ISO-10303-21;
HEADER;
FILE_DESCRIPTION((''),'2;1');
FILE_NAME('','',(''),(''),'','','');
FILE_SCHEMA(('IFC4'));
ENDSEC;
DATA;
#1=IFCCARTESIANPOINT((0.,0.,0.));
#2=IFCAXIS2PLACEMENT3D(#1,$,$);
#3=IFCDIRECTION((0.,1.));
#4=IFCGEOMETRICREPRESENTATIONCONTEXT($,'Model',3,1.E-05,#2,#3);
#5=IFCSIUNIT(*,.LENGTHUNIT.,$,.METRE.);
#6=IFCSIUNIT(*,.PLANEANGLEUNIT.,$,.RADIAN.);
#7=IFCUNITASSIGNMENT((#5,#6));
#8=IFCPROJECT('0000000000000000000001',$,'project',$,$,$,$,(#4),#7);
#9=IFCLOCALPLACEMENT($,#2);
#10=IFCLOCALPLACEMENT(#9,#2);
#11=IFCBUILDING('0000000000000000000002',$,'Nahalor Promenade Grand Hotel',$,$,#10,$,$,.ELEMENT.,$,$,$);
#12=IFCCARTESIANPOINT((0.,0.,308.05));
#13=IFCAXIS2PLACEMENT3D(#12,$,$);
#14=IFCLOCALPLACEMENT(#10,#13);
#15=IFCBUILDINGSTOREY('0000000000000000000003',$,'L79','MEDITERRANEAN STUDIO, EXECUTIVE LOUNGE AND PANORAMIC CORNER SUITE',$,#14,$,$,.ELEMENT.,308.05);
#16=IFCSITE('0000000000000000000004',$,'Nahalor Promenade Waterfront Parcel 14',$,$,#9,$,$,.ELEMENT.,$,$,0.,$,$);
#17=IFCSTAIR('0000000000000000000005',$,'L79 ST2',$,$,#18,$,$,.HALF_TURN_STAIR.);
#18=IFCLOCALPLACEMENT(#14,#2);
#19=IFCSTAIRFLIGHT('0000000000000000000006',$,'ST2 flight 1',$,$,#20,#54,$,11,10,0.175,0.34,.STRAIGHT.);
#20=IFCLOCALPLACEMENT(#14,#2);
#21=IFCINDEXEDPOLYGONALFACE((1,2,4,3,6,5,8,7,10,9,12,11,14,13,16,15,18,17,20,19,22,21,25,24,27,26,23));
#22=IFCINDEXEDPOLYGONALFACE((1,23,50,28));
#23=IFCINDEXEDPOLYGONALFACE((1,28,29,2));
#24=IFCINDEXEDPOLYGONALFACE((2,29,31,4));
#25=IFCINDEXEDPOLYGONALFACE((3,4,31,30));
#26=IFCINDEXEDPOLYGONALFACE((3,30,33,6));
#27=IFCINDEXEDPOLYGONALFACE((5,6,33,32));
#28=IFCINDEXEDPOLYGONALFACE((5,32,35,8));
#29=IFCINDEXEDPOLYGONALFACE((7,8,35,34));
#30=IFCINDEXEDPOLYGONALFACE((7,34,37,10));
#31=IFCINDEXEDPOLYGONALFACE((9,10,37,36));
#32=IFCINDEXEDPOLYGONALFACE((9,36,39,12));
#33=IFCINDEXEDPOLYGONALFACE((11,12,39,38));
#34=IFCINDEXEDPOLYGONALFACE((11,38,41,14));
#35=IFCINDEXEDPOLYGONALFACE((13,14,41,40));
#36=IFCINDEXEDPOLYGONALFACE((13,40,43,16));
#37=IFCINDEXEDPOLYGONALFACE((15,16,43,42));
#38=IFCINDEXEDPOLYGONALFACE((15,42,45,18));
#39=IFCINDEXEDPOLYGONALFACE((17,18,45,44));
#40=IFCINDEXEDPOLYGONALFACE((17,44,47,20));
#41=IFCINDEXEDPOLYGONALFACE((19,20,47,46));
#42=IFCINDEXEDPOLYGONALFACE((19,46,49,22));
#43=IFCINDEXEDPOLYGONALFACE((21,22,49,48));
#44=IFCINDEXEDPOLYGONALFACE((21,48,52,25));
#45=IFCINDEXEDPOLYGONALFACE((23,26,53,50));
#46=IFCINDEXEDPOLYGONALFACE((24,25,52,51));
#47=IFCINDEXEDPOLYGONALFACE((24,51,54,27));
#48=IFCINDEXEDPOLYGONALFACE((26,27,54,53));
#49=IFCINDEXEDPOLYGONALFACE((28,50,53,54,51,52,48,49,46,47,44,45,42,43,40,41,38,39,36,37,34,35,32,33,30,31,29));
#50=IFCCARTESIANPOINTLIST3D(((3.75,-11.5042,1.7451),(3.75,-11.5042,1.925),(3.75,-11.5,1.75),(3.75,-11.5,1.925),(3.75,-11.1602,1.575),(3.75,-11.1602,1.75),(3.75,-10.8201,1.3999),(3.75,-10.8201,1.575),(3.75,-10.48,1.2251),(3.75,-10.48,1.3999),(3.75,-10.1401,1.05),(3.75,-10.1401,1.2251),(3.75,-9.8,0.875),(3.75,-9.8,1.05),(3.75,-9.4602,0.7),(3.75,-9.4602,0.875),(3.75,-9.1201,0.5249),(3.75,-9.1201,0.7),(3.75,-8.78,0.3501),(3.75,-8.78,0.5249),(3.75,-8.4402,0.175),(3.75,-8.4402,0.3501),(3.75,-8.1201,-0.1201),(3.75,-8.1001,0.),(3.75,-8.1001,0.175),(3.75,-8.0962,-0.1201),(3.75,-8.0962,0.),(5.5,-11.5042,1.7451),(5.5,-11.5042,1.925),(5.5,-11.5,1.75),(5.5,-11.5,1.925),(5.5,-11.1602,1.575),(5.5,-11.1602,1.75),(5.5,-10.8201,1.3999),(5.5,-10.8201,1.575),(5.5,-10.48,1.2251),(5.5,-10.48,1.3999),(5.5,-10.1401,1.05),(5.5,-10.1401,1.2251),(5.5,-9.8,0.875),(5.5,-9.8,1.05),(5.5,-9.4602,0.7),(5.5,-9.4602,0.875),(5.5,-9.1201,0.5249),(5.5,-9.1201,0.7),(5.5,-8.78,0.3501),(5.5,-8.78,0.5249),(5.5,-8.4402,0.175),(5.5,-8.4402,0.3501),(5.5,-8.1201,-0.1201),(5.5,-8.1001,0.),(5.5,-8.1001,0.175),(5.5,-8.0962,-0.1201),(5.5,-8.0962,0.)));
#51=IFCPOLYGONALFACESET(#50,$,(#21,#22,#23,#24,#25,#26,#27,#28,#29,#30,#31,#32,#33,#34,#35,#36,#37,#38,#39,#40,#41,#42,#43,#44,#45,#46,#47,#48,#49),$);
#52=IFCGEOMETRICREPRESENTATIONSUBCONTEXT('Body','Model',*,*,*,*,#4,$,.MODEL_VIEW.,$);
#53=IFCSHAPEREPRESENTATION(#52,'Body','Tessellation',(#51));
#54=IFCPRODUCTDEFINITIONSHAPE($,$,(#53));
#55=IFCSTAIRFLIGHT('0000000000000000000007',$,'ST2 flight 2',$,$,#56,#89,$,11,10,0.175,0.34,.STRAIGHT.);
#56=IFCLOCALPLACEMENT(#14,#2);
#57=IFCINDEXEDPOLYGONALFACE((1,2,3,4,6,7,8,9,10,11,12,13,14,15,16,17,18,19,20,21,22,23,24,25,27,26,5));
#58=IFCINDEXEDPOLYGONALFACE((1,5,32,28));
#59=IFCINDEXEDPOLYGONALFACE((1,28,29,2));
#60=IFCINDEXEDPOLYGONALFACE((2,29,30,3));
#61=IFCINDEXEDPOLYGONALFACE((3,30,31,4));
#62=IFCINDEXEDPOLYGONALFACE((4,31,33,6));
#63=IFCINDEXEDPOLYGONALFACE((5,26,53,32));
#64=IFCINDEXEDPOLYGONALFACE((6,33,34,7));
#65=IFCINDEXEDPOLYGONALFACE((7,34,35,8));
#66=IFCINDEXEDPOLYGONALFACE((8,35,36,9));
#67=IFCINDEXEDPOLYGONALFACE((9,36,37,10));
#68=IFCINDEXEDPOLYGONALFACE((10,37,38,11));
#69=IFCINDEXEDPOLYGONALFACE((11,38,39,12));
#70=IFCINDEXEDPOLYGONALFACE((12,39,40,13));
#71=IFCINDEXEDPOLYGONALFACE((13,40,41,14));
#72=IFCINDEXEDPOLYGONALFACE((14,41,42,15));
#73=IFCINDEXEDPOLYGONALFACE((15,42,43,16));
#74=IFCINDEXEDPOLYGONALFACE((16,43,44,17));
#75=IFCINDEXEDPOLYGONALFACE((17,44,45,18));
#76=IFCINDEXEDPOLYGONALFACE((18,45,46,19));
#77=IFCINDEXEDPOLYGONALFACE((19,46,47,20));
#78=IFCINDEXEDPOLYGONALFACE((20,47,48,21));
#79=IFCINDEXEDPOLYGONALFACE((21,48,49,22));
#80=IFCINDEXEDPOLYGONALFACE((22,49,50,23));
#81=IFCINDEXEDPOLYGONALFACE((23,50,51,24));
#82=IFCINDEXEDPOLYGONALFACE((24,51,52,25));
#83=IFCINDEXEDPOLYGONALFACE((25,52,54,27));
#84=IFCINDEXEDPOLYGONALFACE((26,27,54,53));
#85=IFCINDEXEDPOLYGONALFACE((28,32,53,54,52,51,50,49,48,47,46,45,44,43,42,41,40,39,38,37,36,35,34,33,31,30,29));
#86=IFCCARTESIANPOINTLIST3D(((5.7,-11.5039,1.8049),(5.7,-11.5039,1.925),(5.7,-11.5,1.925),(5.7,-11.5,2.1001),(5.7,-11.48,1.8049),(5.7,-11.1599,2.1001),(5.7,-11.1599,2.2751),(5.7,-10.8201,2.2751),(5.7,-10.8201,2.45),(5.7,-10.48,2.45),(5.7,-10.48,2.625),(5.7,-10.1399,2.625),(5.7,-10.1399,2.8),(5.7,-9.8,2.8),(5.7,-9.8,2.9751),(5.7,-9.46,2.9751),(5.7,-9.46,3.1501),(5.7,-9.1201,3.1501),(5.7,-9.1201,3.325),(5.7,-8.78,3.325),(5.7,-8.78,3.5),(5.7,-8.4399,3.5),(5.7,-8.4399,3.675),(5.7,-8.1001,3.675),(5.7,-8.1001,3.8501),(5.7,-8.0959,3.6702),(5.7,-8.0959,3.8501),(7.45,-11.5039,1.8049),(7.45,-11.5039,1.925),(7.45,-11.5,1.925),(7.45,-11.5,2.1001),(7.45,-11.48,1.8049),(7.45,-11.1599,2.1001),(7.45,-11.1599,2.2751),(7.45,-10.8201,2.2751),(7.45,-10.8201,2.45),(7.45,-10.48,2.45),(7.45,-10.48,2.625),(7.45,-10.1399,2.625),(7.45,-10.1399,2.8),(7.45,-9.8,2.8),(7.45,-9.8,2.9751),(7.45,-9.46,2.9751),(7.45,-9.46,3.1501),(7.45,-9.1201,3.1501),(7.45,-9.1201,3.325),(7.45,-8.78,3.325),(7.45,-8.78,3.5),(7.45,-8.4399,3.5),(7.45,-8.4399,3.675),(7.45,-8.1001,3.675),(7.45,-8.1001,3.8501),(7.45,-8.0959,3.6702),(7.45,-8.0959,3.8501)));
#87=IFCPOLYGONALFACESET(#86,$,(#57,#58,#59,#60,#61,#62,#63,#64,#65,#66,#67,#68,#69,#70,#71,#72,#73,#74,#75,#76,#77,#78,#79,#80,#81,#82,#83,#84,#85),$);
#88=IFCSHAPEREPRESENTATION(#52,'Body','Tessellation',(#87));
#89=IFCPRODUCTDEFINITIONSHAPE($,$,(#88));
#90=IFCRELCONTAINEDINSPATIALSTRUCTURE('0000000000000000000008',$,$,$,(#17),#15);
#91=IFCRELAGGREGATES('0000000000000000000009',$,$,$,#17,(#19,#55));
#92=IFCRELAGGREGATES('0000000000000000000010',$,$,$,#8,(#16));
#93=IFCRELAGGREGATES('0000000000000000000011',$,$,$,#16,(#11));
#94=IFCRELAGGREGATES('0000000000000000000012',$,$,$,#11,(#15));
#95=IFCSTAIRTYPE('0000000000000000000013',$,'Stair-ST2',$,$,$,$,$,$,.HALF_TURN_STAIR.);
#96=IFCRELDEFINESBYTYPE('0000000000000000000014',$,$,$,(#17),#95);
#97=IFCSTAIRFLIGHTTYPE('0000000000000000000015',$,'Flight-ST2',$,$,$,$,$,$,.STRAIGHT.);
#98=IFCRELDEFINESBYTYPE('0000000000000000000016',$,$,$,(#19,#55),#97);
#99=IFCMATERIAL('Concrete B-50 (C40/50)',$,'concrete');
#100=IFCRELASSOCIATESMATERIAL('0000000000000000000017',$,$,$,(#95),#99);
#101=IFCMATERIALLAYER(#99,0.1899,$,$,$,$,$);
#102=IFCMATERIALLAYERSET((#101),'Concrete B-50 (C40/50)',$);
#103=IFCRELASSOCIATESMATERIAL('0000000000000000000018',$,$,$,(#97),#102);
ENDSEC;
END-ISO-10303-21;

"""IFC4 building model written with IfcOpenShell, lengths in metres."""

from ifc_helpers import new_model, si_unit, direction, frame, origin, place, context, subcontext, project, spatial, polyline, outline, extrude, source, transform, mapped, material, layer, layer_set, type_object, element, aggregate, save


model = new_model("IFC4")

# Units and contexts
model_context = context("Model", 3, precision=1e-05, world=origin(), true_north=direction((0.0, 1.0)))
body_context = subcontext(model_context, "Body", "Model", "MODEL_VIEW")
ifc_project = project(units=[si_unit("LENGTHUNIT", "METRE"), si_unit("PLANEANGLEUNIT", "RADIAN")], contexts=[model_context])

# Site, building, storey
site_placement = place(None, origin())
site = spatial("IfcSite", under=ifc_project, at=site_placement, Name="Nahalor Promenade Waterfront Parcel 14", CompositionType="ELEMENT", RefElevation=0.0)
building_placement = place(site_placement, origin())
building = spatial("IfcBuilding", under=site, at=building_placement, Name="Nahalor Promenade Grand Hotel", CompositionType="ELEMENT")
storey_placement = place(building_placement, frame((0.0, 0.0, 308.05)))
storey = spatial("IfcBuildingStorey", under=building, at=storey_placement, Name="L79", Description="MEDITERRANEAN STUDIO, EXECUTIVE LOUNGE AND PANORAMIC CORNER SUITE", CompositionType="ELEMENT", Elevation=308.05)

# Shared definitions
ifc_material_1 = material(Name="Concrete B-50 (C40/50)", Category="concrete")

# Stair, stair flights
stair_type = type_object("IfcStairType", Name="Stair-ST2", PredefinedType="HALF_TURN_STAIR", material=ifc_material_1)
stair_placement = place(storey_placement, origin())
stair = element("IfcStair", 1, at=stair_placement, inside=storey, type_object=stair_type, Name="L79 ST2", PredefinedType="HALF_TURN_STAIR")
ifc_layer_1 = layer(ifc_material_1, 0.1899)
ifc_layer_set_1 = layer_set([ifc_layer_1], Name="Concrete B-50 (C40/50)")
stair_flight_type = type_object("IfcStairFlightType", Name="Flight-ST2", PredefinedType="STRAIGHT", material=ifc_layer_set_1)
shared_shape_1 = source(origin(), body_context, "Body", "SweptSolid", [
    extrude(outline(polyline([(-0.0039, -0.1201), (-0.0039, 0.0), (0.0, 0.0), (0.0, 0.175), (0.3401, 0.175), (0.3401, 0.3501), (0.6799, 0.3501), (0.6799, 0.5249), (1.02, 0.5249), (1.02, 0.7), (1.3601, 0.7), (1.3601, 0.875), (1.7, 0.875), (1.7, 1.05), (2.04, 1.05), (2.04, 1.2251), (2.3799, 1.2251), (2.3799, 1.3999), (2.72, 1.3999), (2.72, 1.575), (3.0601, 1.575), (3.0601, 1.75), (3.3999, 1.75), (3.3999, 1.925), (3.4041, 1.925), (3.4041, 1.7451), (0.02, -0.1201), (-0.0039, -0.1201)])), frame((0.0, 0.875, 0.0), z_axis=(0.0, -1.0, 0.0), x_axis=(1.0, 0.0, 0.0)), (0.0, 0.0, 1.0), 1.75),
])
stair_flight_1_placement = place(storey_placement, frame((4.625, -8.1001, 0.0), z_axis=(0.0, 0.0, 1.0), x_axis=(0.0, -1.0, 0.0)))
stair_flight_1 = element("IfcStairFlight", 2, at=stair_flight_1_placement, type_object=stair_flight_type, Name="ST2 flight 1", NumberOfRisers=11, NumberOfTreads=10, PredefinedType="STRAIGHT", RiserHeight=0.175, TreadLength=0.34, context=body_context, shape_type="MappedRepresentation", body=[
    mapped(shared_shape_1, transform((0.0, 0.0, 0.0), scale=1.0)),
])
stair_flight_2_placement = place(storey_placement, frame((6.575, -11.5, 1.925), z_axis=(0.0, 0.0, 1.0), x_axis=(0.0, 1.0, 0.0)))
stair_flight_2 = element("IfcStairFlight", 3, at=stair_flight_2_placement, type_object=stair_flight_type, Name="ST2 flight 2", NumberOfRisers=11, NumberOfTreads=10, PredefinedType="STRAIGHT", RiserHeight=0.175, TreadLength=0.34, context=body_context, shape_type="MappedRepresentation", body=[
    mapped(shared_shape_1, transform((0.0, 0.0, 0.0), scale=1.0)),
])
aggregate(stair, [stair_flight_1, stair_flight_2])

save(model, "model.ifc")
